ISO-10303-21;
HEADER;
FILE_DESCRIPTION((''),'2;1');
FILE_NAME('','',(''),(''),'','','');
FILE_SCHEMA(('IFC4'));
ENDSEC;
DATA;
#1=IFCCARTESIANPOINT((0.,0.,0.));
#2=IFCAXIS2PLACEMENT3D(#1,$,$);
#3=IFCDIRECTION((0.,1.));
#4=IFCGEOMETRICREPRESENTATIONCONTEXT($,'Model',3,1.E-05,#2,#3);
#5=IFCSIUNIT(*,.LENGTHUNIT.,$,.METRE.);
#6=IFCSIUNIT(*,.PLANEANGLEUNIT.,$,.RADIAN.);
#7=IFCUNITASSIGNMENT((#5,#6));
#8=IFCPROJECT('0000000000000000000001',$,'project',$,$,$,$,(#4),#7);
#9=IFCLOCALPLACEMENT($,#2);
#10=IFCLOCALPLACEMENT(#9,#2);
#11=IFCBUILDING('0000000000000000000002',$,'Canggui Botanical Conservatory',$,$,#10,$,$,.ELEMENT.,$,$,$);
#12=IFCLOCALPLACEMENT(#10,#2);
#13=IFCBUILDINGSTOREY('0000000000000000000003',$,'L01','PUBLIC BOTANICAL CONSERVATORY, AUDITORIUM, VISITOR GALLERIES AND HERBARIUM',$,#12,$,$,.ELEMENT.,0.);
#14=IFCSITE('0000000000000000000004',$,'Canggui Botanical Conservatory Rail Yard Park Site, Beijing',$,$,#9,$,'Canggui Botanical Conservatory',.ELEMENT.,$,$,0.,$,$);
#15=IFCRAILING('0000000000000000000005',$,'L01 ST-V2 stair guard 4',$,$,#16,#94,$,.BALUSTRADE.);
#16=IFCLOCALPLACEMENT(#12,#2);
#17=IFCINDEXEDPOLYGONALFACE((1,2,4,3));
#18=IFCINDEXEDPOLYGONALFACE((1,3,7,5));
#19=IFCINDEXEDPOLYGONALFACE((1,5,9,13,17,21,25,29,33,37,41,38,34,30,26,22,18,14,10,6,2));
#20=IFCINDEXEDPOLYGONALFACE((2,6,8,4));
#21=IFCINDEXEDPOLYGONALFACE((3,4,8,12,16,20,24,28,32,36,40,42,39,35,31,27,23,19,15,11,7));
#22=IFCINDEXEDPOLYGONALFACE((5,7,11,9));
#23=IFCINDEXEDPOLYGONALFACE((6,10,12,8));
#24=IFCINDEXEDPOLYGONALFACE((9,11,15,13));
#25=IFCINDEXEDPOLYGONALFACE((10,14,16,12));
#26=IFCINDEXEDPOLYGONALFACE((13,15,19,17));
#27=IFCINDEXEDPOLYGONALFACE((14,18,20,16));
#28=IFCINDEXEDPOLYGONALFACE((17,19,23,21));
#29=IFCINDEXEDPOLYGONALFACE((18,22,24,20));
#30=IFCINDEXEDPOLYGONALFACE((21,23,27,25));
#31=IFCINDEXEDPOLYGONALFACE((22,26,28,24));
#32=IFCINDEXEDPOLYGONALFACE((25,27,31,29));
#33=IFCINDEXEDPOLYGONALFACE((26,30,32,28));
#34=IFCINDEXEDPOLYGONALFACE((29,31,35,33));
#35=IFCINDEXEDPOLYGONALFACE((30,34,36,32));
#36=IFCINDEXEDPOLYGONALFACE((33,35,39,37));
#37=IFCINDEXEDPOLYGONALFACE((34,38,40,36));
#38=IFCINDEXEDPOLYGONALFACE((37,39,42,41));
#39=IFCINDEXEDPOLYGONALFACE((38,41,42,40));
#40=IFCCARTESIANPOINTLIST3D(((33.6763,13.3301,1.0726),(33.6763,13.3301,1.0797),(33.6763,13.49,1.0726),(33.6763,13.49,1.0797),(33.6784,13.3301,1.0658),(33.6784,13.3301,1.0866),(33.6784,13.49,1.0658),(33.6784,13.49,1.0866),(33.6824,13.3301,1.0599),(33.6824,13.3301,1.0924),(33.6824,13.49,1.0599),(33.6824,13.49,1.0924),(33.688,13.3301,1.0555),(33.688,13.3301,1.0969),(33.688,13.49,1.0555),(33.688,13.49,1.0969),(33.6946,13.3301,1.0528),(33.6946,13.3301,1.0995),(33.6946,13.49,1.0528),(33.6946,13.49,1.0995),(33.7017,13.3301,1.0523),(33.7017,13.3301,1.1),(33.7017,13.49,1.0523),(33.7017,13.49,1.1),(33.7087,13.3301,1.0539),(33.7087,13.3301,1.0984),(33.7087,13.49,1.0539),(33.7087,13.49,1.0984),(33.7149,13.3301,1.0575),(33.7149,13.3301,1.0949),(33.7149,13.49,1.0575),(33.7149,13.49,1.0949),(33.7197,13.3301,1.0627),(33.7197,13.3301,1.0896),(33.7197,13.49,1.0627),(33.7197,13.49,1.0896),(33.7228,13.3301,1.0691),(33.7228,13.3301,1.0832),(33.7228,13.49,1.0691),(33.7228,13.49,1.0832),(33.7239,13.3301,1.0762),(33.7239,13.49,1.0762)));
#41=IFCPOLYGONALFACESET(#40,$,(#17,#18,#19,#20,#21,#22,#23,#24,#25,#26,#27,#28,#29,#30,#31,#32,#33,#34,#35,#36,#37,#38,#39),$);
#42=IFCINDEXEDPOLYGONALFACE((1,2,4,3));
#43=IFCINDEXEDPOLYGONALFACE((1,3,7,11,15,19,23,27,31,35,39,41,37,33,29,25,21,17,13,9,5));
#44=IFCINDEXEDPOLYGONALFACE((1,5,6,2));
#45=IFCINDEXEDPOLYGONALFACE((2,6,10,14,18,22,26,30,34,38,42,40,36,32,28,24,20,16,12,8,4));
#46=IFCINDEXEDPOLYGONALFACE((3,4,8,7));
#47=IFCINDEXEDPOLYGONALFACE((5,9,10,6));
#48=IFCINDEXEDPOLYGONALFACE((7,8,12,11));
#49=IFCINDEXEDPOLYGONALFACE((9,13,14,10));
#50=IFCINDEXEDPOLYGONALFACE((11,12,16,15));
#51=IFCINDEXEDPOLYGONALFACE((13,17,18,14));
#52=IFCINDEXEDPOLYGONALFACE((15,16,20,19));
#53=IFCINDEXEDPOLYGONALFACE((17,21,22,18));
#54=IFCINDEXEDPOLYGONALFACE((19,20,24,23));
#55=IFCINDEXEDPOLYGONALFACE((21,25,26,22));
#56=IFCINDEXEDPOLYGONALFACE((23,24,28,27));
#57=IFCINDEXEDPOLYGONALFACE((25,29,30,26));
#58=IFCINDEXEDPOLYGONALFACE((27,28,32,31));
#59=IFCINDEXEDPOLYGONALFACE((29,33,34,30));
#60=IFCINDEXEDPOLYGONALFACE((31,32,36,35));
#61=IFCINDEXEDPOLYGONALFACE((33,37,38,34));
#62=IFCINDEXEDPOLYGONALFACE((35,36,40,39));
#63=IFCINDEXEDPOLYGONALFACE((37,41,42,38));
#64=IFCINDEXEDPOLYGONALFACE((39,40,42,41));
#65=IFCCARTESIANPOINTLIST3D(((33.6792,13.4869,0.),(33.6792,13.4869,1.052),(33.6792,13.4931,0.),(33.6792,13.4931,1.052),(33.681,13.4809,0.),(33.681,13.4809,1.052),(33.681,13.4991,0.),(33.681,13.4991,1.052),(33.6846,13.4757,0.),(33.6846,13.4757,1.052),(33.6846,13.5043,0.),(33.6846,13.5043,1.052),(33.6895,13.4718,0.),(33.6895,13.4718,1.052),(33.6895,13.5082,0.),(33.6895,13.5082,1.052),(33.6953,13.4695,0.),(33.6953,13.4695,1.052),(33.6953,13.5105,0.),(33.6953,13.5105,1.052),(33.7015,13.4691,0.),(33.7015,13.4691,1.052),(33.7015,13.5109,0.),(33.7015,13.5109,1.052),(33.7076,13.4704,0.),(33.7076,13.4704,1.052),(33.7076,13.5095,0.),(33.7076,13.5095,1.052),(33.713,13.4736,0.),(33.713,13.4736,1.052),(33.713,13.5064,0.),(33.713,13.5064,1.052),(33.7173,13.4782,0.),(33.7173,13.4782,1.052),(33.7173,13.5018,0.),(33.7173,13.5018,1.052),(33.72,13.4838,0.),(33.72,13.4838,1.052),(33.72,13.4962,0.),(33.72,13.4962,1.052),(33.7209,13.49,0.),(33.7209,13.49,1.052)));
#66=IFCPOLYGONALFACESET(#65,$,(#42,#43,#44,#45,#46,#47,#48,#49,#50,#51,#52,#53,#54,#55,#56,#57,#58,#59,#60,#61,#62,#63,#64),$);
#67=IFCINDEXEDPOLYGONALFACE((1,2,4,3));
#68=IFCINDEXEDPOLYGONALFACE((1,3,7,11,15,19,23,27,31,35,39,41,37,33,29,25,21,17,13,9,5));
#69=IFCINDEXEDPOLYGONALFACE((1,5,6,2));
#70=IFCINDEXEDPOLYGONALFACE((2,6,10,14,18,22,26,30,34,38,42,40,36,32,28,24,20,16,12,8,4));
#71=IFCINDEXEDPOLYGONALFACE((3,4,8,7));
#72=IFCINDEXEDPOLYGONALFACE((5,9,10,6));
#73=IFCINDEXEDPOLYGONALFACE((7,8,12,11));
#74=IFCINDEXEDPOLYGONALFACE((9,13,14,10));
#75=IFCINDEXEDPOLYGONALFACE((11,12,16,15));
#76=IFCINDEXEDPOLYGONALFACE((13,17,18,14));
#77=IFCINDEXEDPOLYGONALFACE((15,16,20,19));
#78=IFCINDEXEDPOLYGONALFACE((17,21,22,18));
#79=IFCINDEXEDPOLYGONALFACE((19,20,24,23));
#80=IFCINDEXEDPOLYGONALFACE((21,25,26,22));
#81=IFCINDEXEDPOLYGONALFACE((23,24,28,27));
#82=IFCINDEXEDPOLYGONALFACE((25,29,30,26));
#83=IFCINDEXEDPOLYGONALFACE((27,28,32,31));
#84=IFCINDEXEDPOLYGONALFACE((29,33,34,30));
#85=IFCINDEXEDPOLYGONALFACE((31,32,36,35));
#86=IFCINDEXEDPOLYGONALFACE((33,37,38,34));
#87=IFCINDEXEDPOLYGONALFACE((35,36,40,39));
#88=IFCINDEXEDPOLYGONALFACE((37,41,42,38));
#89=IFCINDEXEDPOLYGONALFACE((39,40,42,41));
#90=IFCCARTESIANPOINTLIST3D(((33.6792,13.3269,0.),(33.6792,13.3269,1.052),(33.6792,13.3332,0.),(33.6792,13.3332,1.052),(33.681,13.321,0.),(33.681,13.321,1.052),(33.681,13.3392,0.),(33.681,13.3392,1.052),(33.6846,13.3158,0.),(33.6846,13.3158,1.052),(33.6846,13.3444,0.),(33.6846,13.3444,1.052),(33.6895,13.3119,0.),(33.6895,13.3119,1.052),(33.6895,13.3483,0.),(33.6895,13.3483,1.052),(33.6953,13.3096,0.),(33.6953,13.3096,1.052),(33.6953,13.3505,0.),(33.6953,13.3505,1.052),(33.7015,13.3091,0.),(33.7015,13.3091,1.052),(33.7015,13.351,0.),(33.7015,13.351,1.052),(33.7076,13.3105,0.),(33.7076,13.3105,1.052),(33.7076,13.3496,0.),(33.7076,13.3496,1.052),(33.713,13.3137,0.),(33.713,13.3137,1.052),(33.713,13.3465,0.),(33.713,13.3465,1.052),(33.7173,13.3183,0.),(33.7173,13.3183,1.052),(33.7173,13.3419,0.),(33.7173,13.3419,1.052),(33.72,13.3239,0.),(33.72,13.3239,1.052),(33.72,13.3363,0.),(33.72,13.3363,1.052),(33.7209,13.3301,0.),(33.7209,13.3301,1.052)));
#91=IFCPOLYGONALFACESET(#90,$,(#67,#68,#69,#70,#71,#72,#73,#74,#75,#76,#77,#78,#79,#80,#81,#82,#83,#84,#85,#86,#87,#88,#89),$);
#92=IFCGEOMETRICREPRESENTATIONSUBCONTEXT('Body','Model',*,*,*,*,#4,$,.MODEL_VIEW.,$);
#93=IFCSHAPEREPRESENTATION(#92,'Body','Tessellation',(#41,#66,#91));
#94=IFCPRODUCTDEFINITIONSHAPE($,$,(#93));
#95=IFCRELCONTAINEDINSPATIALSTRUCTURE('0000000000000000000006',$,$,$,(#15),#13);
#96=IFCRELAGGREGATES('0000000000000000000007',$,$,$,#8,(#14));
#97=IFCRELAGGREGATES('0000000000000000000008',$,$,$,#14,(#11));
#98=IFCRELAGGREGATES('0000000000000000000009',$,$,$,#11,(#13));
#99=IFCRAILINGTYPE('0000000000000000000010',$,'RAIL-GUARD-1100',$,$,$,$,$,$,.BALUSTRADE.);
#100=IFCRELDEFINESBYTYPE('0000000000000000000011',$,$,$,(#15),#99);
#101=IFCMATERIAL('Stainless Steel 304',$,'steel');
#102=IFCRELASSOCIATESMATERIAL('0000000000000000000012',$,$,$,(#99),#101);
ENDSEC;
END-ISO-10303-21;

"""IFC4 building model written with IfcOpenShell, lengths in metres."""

from ifc_helpers import new_model, si_unit, direction, frame, origin, origin_2d, place, context, subcontext, project, spatial, circle, extrude, material, type_object, element, save


model = new_model("IFC4")

# Units and contexts
model_context = context("Model", 3, precision=1e-05, world=origin(), true_north=direction((0.0, 1.0)))
body_context = subcontext(model_context, "Body", "Model", "MODEL_VIEW")
ifc_project = project(units=[si_unit("LENGTHUNIT", "METRE"), si_unit("PLANEANGLEUNIT", "RADIAN")], contexts=[model_context])

# Site, building, storey
site_placement = place(None, origin())
site = spatial("IfcSite", under=ifc_project, at=site_placement, Name="Canggui Botanical Conservatory Rail Yard Park Site, Beijing", LongName="Canggui Botanical Conservatory", CompositionType="ELEMENT", RefElevation=0.0)
building_placement = place(site_placement, origin())
building = spatial("IfcBuilding", under=site, at=building_placement, Name="Canggui Botanical Conservatory", CompositionType="ELEMENT")
storey_placement = place(building_placement, origin())
storey = spatial("IfcBuildingStorey", under=building, at=storey_placement, Name="L01", Description="PUBLIC BOTANICAL CONSERVATORY, AUDITORIUM, VISITOR GALLERIES AND HERBARIUM", CompositionType="ELEMENT", Elevation=0.0)

# Railing
ifc_material_1 = material(Name="Stainless Steel 304", Category="steel")
railing_type_1 = type_object("IfcRailingType", Name="RAIL-GUARD-1100", PredefinedType="BALUSTRADE", material=ifc_material_1)
railing_1_placement = place(storey_placement, frame((33.7, 13.49, 0.0)))
element("IfcRailing", 1, at=railing_1_placement, inside=storey, type_object=railing_type_1, Name="L01 ST-V2 stair guard 4", PredefinedType="BALUSTRADE", context=body_context, shape_type="SweptSolid", body=[
    extrude(circle(Radius=0.0239, at=origin_2d()), frame((0.0, 0.0, 1.0762), z_axis=(0.0, -1.0, 0.0), x_axis=(1.0, 0.0, 0.0)), (0.0, 0.0, 1.0), 0.1599),
    extrude(circle(Radius=0.021, at=origin_2d()), origin(), (0.0, 0.0, 1.0), 1.052),
    extrude(circle(Radius=0.021, at=origin_2d()), frame((0.0, -0.1599, 0.0)), (0.0, 0.0, 1.0), 1.052),
])

save(model, "model.ifc")
